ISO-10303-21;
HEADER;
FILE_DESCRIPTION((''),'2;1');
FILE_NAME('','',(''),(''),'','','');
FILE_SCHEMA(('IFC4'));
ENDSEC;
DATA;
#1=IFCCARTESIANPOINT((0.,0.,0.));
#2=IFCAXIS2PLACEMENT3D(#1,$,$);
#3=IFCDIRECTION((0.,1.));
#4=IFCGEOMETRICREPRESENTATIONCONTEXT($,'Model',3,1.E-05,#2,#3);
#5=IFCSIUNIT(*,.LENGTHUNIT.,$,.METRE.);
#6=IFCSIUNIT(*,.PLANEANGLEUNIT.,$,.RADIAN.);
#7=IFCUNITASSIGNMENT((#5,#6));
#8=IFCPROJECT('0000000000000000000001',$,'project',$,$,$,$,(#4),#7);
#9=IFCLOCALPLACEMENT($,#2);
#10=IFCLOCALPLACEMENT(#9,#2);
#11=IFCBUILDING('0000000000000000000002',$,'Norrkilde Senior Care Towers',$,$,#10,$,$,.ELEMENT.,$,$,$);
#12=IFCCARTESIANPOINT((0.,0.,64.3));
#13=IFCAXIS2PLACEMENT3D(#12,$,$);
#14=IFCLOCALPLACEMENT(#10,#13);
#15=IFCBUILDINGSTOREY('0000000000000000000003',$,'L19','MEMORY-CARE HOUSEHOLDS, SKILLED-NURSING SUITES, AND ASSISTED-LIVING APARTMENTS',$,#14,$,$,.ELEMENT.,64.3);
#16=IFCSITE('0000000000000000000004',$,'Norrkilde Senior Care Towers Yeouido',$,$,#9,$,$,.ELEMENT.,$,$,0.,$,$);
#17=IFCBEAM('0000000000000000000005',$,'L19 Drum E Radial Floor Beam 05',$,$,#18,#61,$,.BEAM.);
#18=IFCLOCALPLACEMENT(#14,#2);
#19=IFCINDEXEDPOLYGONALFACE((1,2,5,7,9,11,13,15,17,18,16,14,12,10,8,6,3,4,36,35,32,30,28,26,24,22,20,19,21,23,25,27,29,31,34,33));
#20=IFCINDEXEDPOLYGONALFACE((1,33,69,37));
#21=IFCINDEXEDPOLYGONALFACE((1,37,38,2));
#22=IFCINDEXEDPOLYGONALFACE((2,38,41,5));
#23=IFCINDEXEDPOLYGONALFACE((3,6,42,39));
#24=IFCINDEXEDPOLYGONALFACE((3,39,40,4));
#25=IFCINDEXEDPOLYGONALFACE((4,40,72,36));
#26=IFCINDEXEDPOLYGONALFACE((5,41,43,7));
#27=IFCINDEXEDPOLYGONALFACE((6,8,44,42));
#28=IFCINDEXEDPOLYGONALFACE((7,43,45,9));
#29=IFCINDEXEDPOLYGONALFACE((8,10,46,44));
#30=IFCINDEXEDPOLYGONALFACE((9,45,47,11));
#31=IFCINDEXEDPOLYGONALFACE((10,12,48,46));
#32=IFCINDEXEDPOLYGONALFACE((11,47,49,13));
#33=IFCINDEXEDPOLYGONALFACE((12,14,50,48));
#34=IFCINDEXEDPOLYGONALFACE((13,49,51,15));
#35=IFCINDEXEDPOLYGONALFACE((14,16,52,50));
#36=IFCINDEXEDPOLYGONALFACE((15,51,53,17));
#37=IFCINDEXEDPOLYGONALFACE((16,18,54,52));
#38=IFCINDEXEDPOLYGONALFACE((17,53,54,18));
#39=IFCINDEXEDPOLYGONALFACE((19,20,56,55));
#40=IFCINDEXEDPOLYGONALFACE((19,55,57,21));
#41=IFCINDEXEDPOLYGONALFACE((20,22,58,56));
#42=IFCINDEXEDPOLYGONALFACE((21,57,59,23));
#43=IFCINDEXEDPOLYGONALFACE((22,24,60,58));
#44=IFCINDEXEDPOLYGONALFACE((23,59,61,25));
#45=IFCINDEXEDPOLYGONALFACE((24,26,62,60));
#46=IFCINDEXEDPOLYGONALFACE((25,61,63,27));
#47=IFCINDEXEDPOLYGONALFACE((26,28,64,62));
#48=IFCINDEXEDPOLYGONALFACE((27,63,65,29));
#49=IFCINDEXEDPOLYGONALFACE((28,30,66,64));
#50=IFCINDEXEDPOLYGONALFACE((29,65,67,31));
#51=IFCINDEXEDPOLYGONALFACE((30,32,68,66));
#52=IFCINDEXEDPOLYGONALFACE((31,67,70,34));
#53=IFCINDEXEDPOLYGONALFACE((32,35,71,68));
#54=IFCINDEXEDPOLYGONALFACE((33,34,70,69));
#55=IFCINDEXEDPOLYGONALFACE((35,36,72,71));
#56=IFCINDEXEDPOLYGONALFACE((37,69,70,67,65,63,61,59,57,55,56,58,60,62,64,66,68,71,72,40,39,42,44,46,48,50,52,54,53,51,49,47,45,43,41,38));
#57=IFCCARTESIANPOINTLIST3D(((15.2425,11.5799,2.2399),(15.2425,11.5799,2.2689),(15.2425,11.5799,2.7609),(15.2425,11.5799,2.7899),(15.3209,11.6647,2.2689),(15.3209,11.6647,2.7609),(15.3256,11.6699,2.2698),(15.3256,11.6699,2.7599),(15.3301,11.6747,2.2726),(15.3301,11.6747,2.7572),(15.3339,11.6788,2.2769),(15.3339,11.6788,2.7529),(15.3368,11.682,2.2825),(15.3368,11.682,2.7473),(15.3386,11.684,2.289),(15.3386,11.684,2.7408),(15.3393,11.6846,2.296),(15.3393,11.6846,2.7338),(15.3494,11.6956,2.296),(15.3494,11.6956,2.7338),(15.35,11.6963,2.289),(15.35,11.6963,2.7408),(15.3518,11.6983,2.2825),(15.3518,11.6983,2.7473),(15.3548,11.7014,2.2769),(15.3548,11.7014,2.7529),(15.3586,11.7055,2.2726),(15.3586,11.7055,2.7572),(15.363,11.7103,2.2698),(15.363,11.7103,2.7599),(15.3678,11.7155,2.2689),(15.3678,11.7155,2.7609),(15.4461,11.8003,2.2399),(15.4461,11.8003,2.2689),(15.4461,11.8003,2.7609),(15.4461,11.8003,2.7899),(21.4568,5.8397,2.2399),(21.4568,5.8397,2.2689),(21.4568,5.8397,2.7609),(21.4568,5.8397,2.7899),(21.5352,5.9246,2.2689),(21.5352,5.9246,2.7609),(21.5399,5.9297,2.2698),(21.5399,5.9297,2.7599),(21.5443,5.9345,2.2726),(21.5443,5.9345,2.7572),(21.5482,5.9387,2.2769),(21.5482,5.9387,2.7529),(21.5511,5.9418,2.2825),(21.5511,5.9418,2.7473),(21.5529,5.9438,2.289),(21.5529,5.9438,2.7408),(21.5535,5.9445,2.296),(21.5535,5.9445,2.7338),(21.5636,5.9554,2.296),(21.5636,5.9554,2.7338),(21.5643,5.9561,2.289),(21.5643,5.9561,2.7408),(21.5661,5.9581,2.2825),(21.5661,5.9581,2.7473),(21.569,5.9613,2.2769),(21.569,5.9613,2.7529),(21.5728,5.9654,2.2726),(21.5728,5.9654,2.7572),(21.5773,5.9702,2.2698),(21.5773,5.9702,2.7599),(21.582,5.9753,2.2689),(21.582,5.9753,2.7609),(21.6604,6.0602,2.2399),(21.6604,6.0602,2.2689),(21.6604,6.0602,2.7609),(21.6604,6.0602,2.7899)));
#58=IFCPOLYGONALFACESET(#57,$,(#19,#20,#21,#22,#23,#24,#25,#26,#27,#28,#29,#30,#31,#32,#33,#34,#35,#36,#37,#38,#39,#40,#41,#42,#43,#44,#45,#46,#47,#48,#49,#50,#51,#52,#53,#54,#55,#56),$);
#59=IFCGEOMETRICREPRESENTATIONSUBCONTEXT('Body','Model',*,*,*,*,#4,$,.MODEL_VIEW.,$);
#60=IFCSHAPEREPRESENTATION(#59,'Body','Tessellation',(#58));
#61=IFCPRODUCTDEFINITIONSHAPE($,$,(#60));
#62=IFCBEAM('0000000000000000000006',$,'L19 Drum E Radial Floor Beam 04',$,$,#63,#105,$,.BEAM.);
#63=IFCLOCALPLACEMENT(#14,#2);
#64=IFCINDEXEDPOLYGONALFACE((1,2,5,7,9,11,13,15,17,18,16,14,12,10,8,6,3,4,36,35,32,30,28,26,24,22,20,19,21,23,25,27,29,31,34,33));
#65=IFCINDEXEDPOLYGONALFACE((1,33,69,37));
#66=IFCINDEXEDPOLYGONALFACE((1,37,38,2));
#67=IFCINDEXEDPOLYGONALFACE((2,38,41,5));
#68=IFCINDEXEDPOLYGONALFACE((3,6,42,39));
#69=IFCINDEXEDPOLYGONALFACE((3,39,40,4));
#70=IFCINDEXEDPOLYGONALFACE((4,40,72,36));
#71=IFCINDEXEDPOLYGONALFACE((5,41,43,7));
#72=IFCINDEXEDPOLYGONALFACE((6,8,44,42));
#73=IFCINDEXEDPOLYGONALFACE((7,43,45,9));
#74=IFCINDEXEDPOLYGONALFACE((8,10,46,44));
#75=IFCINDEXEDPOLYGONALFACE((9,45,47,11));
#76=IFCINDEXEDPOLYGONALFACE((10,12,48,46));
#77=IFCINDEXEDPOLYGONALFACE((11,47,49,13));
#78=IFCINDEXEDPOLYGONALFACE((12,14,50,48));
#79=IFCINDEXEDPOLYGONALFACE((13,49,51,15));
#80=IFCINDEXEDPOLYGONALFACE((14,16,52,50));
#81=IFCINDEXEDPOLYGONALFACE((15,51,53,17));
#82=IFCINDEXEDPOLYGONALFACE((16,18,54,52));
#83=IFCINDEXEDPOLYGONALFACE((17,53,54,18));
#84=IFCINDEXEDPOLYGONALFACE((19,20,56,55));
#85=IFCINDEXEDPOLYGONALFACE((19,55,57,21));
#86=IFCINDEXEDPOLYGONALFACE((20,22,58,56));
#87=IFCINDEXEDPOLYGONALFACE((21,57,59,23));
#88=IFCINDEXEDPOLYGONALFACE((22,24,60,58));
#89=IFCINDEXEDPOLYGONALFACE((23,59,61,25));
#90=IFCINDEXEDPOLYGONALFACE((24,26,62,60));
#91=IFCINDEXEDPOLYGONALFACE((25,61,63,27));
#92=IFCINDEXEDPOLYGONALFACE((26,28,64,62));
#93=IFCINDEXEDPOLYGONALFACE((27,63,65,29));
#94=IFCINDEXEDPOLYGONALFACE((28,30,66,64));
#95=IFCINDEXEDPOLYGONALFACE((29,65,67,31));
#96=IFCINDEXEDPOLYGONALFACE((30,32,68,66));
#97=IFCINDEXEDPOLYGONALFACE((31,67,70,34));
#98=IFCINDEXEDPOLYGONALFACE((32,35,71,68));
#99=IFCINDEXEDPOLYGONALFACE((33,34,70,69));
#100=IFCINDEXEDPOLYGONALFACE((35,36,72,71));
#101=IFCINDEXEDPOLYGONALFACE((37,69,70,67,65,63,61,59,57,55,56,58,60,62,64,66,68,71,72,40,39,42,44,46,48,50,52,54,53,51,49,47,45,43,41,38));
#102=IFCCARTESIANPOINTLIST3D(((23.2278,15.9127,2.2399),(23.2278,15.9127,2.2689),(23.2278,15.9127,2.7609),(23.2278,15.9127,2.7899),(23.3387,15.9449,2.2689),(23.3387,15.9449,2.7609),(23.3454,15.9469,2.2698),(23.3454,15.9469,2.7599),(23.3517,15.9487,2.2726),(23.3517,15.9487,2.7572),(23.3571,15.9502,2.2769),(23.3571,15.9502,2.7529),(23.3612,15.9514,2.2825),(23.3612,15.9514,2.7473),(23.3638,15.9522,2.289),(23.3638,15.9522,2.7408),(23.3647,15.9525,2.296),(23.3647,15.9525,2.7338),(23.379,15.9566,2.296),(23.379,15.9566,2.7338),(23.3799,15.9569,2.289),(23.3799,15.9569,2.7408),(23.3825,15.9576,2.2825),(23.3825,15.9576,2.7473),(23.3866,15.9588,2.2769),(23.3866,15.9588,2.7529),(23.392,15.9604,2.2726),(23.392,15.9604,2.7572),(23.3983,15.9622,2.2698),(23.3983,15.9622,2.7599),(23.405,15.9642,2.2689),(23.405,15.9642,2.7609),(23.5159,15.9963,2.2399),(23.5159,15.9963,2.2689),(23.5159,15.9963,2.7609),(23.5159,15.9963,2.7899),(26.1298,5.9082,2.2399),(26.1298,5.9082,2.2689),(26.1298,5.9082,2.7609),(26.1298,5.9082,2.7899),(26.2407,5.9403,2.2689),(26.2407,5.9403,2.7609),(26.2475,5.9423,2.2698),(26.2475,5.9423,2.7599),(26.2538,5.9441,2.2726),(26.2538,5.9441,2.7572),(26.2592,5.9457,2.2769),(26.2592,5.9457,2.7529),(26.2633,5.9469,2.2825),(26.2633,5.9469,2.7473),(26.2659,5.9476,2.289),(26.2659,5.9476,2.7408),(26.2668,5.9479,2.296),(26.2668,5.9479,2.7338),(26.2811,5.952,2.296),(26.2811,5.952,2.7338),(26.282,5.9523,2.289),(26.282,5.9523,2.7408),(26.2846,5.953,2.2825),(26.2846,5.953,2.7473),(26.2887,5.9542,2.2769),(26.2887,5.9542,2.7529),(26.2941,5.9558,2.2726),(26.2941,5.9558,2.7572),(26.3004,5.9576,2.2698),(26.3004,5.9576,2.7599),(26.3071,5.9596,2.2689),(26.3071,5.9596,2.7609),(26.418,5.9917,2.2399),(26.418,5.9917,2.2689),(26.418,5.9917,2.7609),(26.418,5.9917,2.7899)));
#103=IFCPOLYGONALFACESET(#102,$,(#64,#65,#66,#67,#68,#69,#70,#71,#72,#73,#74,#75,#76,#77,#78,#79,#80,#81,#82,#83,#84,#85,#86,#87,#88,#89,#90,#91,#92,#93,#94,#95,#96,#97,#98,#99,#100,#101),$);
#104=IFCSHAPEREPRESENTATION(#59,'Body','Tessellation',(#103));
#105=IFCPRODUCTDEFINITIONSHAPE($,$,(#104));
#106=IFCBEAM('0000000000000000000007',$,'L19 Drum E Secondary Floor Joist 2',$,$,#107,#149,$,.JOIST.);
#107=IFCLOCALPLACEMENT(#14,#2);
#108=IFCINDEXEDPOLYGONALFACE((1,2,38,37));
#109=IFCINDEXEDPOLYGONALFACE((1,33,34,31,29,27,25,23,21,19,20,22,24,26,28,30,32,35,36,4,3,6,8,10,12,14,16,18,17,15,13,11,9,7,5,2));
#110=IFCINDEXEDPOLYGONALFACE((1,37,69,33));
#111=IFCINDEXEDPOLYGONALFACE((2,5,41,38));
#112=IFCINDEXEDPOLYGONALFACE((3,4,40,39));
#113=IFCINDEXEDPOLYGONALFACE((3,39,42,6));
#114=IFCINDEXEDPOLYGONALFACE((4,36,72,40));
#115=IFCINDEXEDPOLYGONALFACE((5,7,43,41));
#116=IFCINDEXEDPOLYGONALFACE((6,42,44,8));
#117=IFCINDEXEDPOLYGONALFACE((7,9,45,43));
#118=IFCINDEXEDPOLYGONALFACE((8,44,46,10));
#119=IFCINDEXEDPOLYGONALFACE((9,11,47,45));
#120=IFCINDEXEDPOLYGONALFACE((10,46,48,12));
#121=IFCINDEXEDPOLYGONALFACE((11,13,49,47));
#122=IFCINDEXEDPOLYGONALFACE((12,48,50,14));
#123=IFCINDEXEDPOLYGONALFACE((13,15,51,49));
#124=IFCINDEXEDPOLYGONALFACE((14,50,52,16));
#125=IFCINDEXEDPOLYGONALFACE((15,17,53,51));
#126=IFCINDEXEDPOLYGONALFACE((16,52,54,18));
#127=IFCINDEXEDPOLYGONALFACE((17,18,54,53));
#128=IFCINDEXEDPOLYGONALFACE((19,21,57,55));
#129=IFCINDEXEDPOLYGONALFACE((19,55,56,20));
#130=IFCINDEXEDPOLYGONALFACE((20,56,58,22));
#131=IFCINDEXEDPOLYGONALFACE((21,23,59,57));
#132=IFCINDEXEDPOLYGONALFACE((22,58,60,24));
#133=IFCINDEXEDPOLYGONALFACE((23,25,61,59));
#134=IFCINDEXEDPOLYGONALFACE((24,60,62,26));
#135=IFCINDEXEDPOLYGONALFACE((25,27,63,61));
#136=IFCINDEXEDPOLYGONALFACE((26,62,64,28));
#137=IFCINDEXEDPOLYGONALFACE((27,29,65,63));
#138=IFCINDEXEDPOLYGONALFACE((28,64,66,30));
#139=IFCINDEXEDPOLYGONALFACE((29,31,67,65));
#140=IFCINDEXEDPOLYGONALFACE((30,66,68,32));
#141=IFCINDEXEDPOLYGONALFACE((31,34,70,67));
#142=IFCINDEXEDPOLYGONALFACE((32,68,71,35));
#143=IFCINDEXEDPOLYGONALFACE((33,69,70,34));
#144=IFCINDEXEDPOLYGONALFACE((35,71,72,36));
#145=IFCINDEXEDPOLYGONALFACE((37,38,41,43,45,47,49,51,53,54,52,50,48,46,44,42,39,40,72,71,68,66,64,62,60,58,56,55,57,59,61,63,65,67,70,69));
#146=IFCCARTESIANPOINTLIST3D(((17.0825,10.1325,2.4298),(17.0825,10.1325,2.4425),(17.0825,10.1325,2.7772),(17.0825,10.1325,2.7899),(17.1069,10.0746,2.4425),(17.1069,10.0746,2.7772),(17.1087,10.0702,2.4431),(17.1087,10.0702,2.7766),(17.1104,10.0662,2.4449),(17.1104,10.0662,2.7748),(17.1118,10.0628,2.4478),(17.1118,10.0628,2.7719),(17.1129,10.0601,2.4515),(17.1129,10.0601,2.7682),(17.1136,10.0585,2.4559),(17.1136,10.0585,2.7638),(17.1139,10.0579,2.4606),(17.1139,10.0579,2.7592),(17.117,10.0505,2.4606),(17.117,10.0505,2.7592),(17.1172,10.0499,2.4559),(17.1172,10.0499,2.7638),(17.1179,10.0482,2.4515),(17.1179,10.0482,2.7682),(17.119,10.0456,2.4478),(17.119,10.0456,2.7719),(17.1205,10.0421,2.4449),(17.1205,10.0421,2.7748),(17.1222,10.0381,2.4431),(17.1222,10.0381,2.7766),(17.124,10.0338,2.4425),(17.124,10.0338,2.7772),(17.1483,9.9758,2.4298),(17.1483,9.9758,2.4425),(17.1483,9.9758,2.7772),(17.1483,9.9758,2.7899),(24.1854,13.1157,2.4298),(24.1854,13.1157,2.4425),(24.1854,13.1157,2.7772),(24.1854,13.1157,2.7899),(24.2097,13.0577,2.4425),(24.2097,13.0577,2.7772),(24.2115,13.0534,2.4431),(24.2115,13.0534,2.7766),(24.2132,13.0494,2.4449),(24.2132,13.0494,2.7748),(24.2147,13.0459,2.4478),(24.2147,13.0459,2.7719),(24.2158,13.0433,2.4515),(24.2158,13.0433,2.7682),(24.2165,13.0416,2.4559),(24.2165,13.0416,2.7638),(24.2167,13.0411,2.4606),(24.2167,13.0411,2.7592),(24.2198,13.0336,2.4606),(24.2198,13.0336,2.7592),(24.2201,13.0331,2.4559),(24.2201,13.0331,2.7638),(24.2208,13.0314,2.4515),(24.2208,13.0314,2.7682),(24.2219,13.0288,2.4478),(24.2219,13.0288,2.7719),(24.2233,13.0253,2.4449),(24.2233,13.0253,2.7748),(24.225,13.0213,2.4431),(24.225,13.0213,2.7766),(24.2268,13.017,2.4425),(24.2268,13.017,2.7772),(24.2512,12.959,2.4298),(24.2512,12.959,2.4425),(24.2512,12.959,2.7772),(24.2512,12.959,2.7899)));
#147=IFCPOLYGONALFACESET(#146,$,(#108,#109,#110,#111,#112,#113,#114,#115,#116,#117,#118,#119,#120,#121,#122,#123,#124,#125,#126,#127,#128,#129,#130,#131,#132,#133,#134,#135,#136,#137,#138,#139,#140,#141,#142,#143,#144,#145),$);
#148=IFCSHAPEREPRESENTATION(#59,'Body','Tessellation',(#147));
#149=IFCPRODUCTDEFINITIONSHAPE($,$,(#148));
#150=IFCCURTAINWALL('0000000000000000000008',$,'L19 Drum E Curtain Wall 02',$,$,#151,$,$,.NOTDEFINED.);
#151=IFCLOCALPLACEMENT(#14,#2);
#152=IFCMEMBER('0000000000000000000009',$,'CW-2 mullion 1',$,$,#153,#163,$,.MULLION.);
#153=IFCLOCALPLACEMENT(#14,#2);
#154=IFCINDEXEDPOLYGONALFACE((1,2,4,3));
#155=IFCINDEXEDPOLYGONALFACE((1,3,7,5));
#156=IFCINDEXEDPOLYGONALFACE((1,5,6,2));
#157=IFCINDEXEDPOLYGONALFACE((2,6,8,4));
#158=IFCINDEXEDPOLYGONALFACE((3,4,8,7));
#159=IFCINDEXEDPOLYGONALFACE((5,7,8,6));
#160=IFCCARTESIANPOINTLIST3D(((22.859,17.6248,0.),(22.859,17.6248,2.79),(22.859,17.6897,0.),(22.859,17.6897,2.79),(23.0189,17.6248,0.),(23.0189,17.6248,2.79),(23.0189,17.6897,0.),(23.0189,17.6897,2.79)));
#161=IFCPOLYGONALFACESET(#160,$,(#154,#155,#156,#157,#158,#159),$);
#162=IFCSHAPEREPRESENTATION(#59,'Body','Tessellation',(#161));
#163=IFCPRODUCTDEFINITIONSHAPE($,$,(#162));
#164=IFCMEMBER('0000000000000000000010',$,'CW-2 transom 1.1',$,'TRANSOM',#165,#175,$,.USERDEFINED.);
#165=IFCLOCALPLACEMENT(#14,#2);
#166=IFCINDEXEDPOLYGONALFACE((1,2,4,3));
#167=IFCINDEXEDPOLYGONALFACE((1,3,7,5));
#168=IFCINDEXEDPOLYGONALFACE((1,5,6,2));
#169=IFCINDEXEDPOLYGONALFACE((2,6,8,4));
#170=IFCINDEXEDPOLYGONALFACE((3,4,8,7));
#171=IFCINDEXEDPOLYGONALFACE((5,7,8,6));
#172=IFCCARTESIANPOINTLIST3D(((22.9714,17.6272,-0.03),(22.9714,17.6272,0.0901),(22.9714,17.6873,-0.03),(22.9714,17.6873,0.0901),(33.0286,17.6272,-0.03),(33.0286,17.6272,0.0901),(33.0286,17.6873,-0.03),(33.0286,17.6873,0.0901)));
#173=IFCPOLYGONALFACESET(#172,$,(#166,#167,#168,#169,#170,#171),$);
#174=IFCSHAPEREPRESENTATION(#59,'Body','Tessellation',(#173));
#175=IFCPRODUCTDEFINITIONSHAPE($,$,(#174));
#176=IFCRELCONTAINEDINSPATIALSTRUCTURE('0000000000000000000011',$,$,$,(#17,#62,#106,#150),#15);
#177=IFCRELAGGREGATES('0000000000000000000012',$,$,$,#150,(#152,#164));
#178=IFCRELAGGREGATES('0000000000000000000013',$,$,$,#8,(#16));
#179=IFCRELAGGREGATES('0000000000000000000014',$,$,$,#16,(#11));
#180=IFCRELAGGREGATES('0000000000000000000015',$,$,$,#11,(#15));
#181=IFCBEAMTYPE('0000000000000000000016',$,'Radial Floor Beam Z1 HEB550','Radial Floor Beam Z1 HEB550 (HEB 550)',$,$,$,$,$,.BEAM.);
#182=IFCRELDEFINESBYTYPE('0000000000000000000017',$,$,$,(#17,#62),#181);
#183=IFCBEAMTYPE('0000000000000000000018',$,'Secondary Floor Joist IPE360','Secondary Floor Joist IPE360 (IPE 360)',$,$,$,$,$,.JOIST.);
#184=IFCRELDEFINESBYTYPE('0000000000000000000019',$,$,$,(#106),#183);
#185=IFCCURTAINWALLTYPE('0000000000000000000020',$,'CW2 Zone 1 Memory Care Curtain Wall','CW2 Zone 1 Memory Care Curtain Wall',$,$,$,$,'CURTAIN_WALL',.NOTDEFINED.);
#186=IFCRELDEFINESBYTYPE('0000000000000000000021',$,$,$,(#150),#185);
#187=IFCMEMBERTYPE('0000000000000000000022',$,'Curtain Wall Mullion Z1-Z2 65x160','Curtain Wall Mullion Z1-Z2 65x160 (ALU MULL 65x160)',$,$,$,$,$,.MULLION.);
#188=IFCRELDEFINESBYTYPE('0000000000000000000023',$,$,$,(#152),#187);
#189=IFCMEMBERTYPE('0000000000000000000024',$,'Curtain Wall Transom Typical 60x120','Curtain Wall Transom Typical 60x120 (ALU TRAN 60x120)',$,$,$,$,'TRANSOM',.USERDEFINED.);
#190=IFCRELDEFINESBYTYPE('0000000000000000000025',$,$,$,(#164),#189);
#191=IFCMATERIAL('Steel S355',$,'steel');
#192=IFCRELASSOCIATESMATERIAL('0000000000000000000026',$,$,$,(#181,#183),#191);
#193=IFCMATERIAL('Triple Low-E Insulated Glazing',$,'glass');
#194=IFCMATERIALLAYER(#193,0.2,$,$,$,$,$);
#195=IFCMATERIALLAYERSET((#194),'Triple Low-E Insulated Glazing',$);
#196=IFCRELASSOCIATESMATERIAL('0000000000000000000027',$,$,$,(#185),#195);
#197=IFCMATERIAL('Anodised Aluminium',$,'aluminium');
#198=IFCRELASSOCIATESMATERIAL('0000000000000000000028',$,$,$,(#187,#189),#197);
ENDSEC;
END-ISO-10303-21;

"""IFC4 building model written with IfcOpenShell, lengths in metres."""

from ifc_helpers import new_model, si_unit, direction, frame, origin, origin_2d, place, context, subcontext, project, spatial, rectangle, i_section, extrude, source, transform, mapped, material, layer, layer_set, material_profile, profile_set, type_object, type_shapes, element, aggregate, save


model = new_model("IFC4")

# Units and contexts
model_context = context("Model", 3, precision=1e-05, world=origin(), true_north=direction((0.0, 1.0)))
body_context = subcontext(model_context, "Body", "Model", "MODEL_VIEW")
ifc_project = project(units=[si_unit("LENGTHUNIT", "METRE"), si_unit("PLANEANGLEUNIT", "RADIAN")], contexts=[model_context])

# Site, building, storey
site_placement = place(None, origin())
site = spatial("IfcSite", under=ifc_project, at=site_placement, Name="Norrkilde Senior Care Towers Yeouido", CompositionType="ELEMENT", RefElevation=0.0)
building_placement = place(site_placement, origin())
building = spatial("IfcBuilding", under=site, at=building_placement, Name="Norrkilde Senior Care Towers", CompositionType="ELEMENT")
storey_placement = place(building_placement, frame((0.0, 0.0, 64.3)))
storey = spatial("IfcBuildingStorey", under=building, at=storey_placement, Name="L19", Description="MEMORY-CARE HOUSEHOLDS, SKILLED-NURSING SUITES, AND ASSISTED-LIVING APARTMENTS", CompositionType="ELEMENT", Elevation=64.3)

# Beams
ifc_material_1 = material(Name="Steel S355", Category="steel")
ifc_material_profile_1 = material_profile(ifc_material_1, i_section(OverallWidth=0.3, OverallDepth=0.55, WebThickness=0.0149, FlangeThickness=0.0291, FilletRadius=0.0271, at=origin_2d()), Name="HEB 550")
ifc_profile_set_1 = profile_set([ifc_material_profile_1], Name="Steel S355")
beam_type_1 = type_object("IfcBeamType", Name="Radial Floor Beam Z1 HEB550", Description="Radial Floor Beam Z1 HEB550 (HEB 550)", PredefinedType="BEAM", material=ifc_profile_set_1)
shared_shape_1 = source(origin(), body_context, "Body", "SweptSolid", [
    extrude(i_section(OverallWidth=0.3, OverallDepth=0.55, WebThickness=0.0149, FlangeThickness=0.0291, FilletRadius=0.0271, at=origin_2d()), origin(), (0.0, 0.0, 1.0), 8.4597),
])
beam_1_placement = place(storey_placement, frame((21.5586, 5.95, 2.5149), z_axis=(-0.734573, 0.678529, 0.0), x_axis=(-0.678529, -0.734573, 0.0)))
element("IfcBeam", 1, at=beam_1_placement, inside=storey, type_object=beam_type_1, Name="L19 Drum E Radial Floor Beam 05", PredefinedType="BEAM", context=body_context, shape_type="MappedRepresentation", body=[
    mapped(shared_shape_1, transform((0.0, 0.0, 0.0), x_axis=(1.0, 0.0, 0.0), y_axis=(0.0, 1.0, 0.0), z_axis=(0.0, 0.0, 1.0), scale=1.0)),
])
shared_shape_2 = source(origin(), body_context, "Body", "SweptSolid", [
    extrude(i_section(OverallWidth=0.3, OverallDepth=0.55, WebThickness=0.0149, FlangeThickness=0.0291, FilletRadius=0.0271, at=origin_2d()), origin(), (0.0, 0.0, 1.0), 10.417),
])
beam_2_placement = place(storey_placement, frame((26.2739, 5.95, 2.5149), z_axis=(-0.278591, 0.96041, 0.0), x_axis=(-0.96041, -0.278591, 0.0)))
element("IfcBeam", 2, at=beam_2_placement, inside=storey, type_object=beam_type_1, Name="L19 Drum E Radial Floor Beam 04", PredefinedType="BEAM", context=body_context, shape_type="MappedRepresentation", body=[
    mapped(shared_shape_2, transform((0.0, 0.0, 0.0), x_axis=(1.0, 0.0, 0.0), y_axis=(0.0, 1.0, 0.0), z_axis=(0.0, 0.0, 1.0), scale=1.0)),
])
ifc_material_profile_2 = material_profile(ifc_material_1, i_section(OverallWidth=0.1699, OverallDepth=0.3601, WebThickness=0.0081, FlangeThickness=0.0127, FilletRadius=0.0181, at=origin_2d()), Name="IPE 360")
ifc_profile_set_2 = profile_set([ifc_material_profile_2], Name="Steel S355")
beam_type_2 = type_object("IfcBeamType", Name="Secondary Floor Joist IPE360", Description="Secondary Floor Joist IPE360 (IPE 360)", PredefinedType="JOIST", material=ifc_profile_set_2)
shared_shape_3 = source(origin(), body_context, "Body", "SweptSolid", [
    extrude(i_section(OverallWidth=0.1699, OverallDepth=0.3601, WebThickness=0.0081, FlangeThickness=0.0127, FilletRadius=0.0181, at=origin_2d()), origin(), (0.0, 0.0, 1.0), 7.7039),
])
type_shapes(beam_type_2, [shared_shape_3])
beam_3_placement = place(storey_placement, frame((24.2183, 13.0374, 2.6099), z_axis=(-0.921983, -0.387231, 0.0), x_axis=(0.387231, -0.921983, 0.0)))
element("IfcBeam", 3, at=beam_3_placement, inside=storey, type_object=beam_type_2, Name="L19 Drum E Secondary Floor Joist 2", PredefinedType="JOIST", context=body_context, shape_type="MappedRepresentation", body=[
    mapped(shared_shape_3, transform((0.0, 0.0, 0.0), x_axis=(1.0, 0.0, 0.0), y_axis=(0.0, 1.0, 0.0), z_axis=(0.0, 0.0, 1.0), scale=1.0)),
])

# Curtain wall, members
ifc_material_2 = material(Name="Triple Low-E Insulated Glazing", Category="glass")
ifc_layer_1 = layer(ifc_material_2, 0.2)
ifc_layer_set_1 = layer_set([ifc_layer_1], Name="Triple Low-E Insulated Glazing")
curtain_wall_type = type_object("IfcCurtainWallType", Name="CW2 Zone 1 Memory Care Curtain Wall", Description="CW2 Zone 1 Memory Care Curtain Wall", ElementType="CURTAIN_WALL", PredefinedType="NOTDEFINED", material=ifc_layer_set_1)
curtain_wall_placement = place(storey_placement, origin())
curtain_wall = element("IfcCurtainWall", 4, at=curtain_wall_placement, inside=storey, type_object=curtain_wall_type, Name="L19 Drum E Curtain Wall 02", PredefinedType="NOTDEFINED")
ifc_material_3 = material(Name="Anodised Aluminium", Category="aluminium")
ifc_material_profile_3 = material_profile(ifc_material_3, rectangle(XDim=0.0649, YDim=0.1599, at=origin_2d()), Name="ALU MULL 65x160")
ifc_profile_set_3 = profile_set([ifc_material_profile_3], Name="Anodised Aluminium")
member_type_1 = type_object("IfcMemberType", Name="Curtain Wall Mullion Z1-Z2 65x160", Description="Curtain Wall Mullion Z1-Z2 65x160 (ALU MULL 65x160)", PredefinedType="MULLION", material=ifc_profile_set_3)
shared_shape_4 = source(origin(), body_context, "Body", "SweptSolid", [
    extrude(rectangle(XDim=0.0649, YDim=0.1599, at=origin_2d()), origin(), (0.0, 0.0, 1.0), 2.79),
])
type_shapes(member_type_1, [shared_shape_4])
member_1_placement = place(storey_placement, frame((22.939, 17.6572, 0.0), z_axis=(0.0, 0.0, 1.0), x_axis=(0.0, 1.0, 0.0)))
member_1 = element("IfcMember", 5, at=member_1_placement, type_object=member_type_1, Name="CW-2 mullion 1", PredefinedType="MULLION", context=body_context, shape_type="MappedRepresentation", body=[
    mapped(shared_shape_4, transform((0.0, 0.0, 0.0), x_axis=(1.0, 0.0, 0.0), y_axis=(0.0, 1.0, 0.0), z_axis=(0.0, 0.0, 1.0), scale=1.0)),
])
ifc_material_profile_4 = material_profile(ifc_material_3, rectangle(XDim=0.0601, YDim=0.1201, at=origin_2d()), Name="ALU TRAN 60x120")
ifc_profile_set_4 = profile_set([ifc_material_profile_4], Name="Anodised Aluminium")
member_type_2 = type_object("IfcMemberType", Name="Curtain Wall Transom Typical 60x120", Description="Curtain Wall Transom Typical 60x120 (ALU TRAN 60x120)", ElementType="TRANSOM", PredefinedType="USERDEFINED", material=ifc_profile_set_4)
shared_shape_5 = source(origin(), body_context, "Body", "SweptSolid", [
    extrude(rectangle(XDim=0.0601, YDim=0.1201, at=origin_2d()), origin(), (0.0, 0.0, 1.0), 10.0571),
])
type_shapes(member_type_2, [shared_shape_5])
member_2_placement = place(storey_placement, frame((22.9714, 17.6572, 0.03), z_axis=(1.0, 0.0, 0.0), x_axis=(0.0, 1.0, 0.0)))
member_2 = element("IfcMember", 6, at=member_2_placement, type_object=member_type_2, Name="CW-2 transom 1.1", ObjectType="TRANSOM", PredefinedType="USERDEFINED", context=body_context, shape_type="MappedRepresentation", body=[
    mapped(shared_shape_5, transform((0.0, 0.0, 0.0), x_axis=(1.0, 0.0, 0.0), y_axis=(0.0, 1.0, 0.0), z_axis=(0.0, 0.0, 1.0), scale=1.0)),
])
aggregate(curtain_wall, [member_1, member_2])

save(model, "model.ifc")
